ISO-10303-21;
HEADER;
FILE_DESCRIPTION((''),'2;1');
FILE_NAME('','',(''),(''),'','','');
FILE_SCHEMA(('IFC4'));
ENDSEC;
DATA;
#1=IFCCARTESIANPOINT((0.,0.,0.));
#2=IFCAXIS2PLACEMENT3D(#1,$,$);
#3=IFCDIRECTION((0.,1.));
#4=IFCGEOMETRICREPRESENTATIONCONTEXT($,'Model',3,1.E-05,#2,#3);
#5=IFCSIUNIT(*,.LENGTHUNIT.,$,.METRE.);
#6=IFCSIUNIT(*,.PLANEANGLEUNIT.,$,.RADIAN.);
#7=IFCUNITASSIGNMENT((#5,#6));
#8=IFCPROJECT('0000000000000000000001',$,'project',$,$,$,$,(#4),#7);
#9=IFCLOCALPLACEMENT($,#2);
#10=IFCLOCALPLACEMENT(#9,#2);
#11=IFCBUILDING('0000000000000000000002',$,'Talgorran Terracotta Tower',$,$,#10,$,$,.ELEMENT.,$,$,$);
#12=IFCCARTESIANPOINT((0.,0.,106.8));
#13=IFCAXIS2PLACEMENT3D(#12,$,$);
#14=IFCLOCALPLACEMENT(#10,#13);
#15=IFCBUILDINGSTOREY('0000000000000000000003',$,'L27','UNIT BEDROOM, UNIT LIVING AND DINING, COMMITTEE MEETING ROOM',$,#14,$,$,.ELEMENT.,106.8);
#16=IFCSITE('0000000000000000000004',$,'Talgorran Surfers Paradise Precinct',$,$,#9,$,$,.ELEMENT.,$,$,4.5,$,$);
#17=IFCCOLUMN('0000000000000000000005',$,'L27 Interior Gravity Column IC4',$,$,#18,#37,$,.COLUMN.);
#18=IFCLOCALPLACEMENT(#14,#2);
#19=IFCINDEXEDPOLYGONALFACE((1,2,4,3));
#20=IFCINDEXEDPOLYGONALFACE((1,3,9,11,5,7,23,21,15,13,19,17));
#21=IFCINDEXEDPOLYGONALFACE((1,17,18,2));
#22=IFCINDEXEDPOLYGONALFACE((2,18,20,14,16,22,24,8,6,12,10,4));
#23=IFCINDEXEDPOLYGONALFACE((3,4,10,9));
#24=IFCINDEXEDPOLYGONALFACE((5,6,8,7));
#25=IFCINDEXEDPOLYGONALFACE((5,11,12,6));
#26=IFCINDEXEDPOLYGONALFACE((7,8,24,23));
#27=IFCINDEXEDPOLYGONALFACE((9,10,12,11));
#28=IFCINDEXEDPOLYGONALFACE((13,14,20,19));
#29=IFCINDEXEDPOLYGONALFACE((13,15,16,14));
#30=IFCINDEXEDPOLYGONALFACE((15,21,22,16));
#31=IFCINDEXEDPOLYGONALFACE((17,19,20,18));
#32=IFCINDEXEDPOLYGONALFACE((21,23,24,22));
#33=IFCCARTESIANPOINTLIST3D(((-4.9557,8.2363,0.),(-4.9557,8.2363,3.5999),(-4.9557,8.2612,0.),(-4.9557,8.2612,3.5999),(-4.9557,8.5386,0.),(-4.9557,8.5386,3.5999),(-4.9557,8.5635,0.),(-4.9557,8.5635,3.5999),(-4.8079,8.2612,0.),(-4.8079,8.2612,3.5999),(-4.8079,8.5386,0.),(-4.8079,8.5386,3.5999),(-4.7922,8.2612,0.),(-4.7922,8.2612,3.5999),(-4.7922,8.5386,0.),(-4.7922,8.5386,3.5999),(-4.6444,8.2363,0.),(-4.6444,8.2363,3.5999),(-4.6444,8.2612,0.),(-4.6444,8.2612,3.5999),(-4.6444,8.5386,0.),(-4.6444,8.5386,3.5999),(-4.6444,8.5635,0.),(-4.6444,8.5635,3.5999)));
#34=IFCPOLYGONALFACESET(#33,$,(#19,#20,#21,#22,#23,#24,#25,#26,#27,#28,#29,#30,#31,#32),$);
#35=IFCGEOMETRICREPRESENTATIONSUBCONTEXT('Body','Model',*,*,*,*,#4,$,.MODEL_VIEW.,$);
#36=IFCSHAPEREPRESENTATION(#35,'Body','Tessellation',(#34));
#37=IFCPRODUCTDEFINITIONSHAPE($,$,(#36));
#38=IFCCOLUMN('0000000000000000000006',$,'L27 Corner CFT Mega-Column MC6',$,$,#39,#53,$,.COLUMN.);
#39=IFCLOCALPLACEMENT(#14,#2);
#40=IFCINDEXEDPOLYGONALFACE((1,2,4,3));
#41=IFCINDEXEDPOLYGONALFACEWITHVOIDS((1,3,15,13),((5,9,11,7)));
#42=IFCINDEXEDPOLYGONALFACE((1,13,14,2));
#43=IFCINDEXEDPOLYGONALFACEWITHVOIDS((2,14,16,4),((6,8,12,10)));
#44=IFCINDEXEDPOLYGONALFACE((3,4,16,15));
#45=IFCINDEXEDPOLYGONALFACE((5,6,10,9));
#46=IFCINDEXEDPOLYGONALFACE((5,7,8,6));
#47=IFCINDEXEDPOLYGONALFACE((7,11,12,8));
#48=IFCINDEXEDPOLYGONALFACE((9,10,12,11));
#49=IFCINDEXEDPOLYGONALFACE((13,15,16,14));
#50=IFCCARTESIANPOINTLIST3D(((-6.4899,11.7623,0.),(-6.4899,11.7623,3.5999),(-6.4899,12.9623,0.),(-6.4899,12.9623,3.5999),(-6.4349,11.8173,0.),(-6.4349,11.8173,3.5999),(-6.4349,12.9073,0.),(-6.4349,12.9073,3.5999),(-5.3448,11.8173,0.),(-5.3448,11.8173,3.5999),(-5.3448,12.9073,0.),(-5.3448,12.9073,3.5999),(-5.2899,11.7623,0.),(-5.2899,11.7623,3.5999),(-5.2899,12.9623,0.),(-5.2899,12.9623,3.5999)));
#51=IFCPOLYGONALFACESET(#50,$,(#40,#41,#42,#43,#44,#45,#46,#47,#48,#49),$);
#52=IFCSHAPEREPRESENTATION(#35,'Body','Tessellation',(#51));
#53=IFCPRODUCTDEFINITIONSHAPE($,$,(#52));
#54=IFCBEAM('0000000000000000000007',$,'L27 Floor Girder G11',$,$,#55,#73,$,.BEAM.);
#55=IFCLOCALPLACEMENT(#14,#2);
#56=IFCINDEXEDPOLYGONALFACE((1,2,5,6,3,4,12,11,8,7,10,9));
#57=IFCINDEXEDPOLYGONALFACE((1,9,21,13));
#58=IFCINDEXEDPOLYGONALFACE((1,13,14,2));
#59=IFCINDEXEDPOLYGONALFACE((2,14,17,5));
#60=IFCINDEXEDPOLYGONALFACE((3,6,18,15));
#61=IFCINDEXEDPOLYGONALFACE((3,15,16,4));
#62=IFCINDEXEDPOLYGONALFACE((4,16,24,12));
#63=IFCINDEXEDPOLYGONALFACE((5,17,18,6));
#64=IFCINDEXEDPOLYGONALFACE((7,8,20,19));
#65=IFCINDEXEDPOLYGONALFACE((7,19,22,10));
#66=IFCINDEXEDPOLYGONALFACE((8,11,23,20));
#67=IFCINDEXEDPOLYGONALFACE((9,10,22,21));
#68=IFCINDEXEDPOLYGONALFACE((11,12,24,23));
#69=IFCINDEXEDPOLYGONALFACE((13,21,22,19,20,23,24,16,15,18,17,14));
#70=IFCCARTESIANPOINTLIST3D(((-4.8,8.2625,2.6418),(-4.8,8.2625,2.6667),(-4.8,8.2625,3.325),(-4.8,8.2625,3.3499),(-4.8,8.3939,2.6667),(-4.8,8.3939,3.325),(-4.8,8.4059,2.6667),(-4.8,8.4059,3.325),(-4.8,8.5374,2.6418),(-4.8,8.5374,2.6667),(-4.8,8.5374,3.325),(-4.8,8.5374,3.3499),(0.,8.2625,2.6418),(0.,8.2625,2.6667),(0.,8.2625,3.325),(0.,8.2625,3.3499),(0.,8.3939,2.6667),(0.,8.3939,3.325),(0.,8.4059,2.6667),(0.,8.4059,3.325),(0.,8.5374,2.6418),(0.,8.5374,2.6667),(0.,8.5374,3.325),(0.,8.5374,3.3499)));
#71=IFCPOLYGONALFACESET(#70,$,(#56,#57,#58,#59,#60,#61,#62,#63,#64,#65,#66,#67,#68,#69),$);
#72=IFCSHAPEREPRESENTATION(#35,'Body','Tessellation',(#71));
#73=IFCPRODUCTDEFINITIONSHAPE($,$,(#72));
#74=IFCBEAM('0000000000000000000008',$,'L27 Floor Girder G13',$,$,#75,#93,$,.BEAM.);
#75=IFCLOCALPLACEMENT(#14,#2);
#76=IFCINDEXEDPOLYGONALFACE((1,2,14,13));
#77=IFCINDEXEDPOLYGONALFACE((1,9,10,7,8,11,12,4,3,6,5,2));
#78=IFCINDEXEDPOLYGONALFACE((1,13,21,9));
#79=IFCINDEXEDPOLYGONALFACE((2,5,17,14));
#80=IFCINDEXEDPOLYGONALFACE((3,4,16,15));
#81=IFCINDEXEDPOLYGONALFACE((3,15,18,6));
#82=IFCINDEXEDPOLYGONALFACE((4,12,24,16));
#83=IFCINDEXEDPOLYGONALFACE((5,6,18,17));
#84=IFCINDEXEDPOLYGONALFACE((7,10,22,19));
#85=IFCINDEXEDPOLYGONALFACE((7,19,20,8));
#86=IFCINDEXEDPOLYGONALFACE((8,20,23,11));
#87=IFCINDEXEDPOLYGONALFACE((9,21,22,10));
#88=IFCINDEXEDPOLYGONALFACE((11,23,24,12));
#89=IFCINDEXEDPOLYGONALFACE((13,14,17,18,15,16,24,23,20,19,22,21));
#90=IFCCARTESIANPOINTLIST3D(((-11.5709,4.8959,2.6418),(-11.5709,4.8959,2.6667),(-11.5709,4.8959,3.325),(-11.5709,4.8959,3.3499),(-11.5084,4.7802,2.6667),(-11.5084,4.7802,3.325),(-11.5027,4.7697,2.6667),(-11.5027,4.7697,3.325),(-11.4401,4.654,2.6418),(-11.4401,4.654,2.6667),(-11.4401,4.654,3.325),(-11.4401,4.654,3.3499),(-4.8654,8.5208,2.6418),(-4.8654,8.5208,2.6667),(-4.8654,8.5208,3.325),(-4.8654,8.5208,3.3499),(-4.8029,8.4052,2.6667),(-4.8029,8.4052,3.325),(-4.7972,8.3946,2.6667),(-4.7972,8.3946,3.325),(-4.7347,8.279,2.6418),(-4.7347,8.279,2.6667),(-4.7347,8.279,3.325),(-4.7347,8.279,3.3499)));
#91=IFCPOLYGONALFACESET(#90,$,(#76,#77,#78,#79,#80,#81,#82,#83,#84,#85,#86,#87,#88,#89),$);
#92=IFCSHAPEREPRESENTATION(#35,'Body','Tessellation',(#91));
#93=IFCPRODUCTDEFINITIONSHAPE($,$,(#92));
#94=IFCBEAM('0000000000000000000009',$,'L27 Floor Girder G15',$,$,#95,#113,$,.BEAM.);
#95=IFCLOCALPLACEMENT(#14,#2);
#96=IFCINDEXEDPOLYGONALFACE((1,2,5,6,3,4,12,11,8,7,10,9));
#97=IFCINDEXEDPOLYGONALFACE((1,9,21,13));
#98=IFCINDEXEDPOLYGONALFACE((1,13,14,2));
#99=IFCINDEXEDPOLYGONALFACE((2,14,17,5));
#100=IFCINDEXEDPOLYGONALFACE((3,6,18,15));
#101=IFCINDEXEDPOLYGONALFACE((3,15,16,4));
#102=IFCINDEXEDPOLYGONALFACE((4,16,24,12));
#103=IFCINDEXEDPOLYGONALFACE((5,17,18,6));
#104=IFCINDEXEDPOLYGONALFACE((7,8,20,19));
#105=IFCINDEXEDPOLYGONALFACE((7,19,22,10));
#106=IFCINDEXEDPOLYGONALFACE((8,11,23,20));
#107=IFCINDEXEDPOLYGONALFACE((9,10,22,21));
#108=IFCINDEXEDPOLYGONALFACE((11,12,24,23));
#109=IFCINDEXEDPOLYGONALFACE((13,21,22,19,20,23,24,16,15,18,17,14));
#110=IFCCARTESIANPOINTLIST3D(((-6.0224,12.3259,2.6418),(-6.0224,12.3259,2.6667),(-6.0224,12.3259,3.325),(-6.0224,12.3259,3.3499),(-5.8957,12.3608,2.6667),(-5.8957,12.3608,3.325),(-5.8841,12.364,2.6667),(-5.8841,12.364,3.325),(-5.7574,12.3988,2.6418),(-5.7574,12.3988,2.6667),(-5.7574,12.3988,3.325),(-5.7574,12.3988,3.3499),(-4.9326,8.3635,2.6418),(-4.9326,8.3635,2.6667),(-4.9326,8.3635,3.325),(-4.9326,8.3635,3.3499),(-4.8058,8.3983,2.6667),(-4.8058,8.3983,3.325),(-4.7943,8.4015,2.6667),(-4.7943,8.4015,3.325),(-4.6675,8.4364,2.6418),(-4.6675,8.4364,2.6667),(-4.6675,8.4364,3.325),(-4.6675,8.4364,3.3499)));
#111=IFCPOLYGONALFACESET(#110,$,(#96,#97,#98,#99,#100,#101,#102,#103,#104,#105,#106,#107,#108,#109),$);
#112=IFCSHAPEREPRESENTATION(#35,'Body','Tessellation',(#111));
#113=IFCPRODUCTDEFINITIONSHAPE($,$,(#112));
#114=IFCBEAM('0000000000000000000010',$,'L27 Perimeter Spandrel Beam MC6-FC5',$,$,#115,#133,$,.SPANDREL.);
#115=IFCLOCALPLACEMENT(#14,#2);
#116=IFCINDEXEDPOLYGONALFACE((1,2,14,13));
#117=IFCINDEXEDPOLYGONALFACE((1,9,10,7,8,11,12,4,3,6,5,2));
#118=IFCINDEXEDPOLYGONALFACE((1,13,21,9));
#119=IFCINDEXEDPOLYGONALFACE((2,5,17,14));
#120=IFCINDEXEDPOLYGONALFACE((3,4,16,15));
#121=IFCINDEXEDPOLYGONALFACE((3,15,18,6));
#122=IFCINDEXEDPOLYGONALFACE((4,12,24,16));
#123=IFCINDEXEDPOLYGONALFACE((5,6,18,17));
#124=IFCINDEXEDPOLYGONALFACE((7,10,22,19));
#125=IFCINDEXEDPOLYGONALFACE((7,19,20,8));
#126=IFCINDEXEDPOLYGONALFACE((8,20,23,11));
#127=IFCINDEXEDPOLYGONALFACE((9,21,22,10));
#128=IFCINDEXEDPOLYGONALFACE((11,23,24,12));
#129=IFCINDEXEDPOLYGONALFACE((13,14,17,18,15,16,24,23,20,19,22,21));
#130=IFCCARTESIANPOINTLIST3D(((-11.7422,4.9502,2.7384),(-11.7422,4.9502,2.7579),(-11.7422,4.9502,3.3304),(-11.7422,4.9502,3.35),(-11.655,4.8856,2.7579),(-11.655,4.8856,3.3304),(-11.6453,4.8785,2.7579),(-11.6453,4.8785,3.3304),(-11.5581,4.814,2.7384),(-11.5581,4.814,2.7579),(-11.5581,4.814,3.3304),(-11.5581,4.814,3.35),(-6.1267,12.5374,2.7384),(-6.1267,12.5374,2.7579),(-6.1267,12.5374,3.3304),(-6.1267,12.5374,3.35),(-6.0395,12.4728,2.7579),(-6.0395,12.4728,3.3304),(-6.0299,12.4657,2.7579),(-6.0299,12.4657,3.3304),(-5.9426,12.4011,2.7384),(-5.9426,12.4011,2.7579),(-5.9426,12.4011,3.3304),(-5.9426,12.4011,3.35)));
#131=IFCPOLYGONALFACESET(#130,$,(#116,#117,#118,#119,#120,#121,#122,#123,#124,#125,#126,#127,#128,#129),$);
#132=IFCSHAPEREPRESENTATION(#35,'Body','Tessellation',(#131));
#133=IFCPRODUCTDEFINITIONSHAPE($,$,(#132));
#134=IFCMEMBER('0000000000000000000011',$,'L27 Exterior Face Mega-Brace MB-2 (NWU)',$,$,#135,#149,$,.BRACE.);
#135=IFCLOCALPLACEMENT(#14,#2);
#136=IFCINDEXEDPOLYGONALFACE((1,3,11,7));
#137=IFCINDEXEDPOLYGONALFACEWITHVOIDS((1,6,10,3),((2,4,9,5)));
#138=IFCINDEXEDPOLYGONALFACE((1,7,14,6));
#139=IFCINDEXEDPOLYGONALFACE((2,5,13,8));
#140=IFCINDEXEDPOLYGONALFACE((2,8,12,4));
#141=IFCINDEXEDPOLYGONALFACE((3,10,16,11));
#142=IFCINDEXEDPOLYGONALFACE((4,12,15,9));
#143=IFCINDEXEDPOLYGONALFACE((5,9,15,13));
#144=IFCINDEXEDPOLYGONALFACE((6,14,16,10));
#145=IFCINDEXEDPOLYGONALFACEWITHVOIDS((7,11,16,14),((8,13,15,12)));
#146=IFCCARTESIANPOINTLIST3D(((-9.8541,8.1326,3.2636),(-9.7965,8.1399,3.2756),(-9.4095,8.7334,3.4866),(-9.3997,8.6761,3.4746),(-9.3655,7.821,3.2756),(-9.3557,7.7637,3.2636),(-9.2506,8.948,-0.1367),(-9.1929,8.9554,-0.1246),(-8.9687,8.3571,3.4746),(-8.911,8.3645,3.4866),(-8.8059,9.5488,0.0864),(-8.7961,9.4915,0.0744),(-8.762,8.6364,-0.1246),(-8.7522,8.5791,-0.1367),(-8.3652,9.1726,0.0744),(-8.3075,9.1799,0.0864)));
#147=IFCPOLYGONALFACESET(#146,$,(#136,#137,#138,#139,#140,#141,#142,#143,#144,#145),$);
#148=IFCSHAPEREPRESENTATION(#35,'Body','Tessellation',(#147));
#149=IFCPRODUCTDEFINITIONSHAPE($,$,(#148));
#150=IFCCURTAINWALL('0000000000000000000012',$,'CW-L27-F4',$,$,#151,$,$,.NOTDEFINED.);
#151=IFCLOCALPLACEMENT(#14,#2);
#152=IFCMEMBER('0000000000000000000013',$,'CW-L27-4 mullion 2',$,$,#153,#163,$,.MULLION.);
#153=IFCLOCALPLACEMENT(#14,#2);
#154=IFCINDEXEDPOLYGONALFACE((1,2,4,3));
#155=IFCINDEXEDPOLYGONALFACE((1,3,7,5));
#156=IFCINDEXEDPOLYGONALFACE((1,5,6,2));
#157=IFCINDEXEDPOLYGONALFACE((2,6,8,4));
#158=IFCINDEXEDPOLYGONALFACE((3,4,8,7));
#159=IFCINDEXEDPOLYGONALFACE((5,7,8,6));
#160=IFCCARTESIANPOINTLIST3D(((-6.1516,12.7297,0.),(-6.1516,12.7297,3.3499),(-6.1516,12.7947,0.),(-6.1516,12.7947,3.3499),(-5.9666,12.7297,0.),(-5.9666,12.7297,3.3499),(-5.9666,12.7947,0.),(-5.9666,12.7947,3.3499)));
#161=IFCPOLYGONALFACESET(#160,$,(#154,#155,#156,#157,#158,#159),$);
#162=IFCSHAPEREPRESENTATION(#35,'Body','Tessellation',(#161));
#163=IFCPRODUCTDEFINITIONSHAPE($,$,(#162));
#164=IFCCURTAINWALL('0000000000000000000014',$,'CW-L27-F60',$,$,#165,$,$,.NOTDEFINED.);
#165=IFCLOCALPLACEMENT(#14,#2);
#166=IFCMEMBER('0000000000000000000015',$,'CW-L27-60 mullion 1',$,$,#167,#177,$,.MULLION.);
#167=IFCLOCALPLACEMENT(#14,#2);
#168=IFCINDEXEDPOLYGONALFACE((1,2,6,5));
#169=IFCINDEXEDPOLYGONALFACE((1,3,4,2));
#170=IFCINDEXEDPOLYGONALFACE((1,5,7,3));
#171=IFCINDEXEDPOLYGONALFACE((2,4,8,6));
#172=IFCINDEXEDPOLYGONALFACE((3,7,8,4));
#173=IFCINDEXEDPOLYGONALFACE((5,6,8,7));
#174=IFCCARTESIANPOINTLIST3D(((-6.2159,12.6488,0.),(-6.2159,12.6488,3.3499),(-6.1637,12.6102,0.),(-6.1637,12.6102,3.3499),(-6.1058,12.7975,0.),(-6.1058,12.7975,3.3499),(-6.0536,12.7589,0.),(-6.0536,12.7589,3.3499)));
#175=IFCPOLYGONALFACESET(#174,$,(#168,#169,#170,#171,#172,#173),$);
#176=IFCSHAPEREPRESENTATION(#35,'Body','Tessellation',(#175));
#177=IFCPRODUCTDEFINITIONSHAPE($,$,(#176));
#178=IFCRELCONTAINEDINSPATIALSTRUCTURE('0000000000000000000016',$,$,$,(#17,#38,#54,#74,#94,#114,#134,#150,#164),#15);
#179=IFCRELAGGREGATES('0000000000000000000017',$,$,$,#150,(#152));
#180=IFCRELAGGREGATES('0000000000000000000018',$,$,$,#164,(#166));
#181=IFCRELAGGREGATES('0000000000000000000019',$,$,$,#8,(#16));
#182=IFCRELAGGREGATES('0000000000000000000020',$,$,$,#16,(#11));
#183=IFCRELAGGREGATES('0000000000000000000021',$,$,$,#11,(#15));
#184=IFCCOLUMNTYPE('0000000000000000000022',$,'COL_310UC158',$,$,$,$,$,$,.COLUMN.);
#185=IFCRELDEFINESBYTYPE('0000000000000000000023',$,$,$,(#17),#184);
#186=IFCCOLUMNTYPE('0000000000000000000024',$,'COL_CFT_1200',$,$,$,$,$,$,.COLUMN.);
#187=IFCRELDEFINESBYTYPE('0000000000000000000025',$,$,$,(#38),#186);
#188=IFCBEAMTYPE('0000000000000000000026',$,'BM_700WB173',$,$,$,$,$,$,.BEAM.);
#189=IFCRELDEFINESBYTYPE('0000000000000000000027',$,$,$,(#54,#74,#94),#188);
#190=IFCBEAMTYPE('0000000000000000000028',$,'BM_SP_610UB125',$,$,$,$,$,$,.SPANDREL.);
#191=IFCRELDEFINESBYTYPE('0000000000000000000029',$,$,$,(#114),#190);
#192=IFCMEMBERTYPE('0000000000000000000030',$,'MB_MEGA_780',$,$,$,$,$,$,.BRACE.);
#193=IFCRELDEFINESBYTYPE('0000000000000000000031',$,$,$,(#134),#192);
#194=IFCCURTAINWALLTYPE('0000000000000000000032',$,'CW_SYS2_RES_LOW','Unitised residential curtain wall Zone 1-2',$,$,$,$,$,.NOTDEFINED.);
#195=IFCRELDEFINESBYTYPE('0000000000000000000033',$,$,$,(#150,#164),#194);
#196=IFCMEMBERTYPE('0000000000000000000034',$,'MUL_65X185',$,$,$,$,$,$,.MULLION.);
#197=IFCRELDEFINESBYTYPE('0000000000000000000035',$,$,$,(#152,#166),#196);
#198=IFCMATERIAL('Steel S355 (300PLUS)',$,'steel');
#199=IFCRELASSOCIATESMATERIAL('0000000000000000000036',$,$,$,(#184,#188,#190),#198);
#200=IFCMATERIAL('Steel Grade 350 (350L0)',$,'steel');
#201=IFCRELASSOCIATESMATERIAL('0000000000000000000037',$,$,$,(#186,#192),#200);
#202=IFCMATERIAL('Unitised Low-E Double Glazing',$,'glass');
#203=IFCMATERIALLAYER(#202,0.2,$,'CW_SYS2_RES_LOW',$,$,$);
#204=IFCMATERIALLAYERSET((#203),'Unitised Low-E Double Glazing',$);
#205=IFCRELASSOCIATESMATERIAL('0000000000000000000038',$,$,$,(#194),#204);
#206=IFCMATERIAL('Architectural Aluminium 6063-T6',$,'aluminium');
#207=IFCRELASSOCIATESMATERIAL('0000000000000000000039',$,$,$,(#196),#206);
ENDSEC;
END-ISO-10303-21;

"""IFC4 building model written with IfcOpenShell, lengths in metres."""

from ifc_helpers import new_model, si_unit, direction, frame, origin, origin_2d, place, context, subcontext, project, spatial, rectangle, hollow_rectangle, i_section, extrude, material, layer, layer_set, material_profile, profile_set, type_object, element, aggregate, save


model = new_model("IFC4")

# Units and contexts
model_context = context("Model", 3, precision=1e-05, world=origin(), true_north=direction((0.0, 1.0)))
body_context = subcontext(model_context, "Body", "Model", "MODEL_VIEW")
ifc_project = project(units=[si_unit("LENGTHUNIT", "METRE"), si_unit("PLANEANGLEUNIT", "RADIAN")], contexts=[model_context])

# Site, building, storey
site_placement = place(None, origin())
site = spatial("IfcSite", under=ifc_project, at=site_placement, Name="Talgorran Surfers Paradise Precinct", CompositionType="ELEMENT", RefElevation=4.5)
building_placement = place(site_placement, origin())
building = spatial("IfcBuilding", under=site, at=building_placement, Name="Talgorran Terracotta Tower", CompositionType="ELEMENT")
storey_placement = place(building_placement, frame((0.0, 0.0, 106.8)))
storey = spatial("IfcBuildingStorey", under=building, at=storey_placement, Name="L27", Description="UNIT BEDROOM, UNIT LIVING AND DINING, COMMITTEE MEETING ROOM", CompositionType="ELEMENT", Elevation=106.8)

# Columns
ifc_material_1 = material(Name="Steel S355 (300PLUS)", Category="steel")
ifc_material_profile_1 = material_profile(ifc_material_1, i_section(OverallWidth=0.3113, OverallDepth=0.3271, WebThickness=0.0156, FlangeThickness=0.0249, at=origin_2d()), Name="310UC158")
ifc_profile_set_1 = profile_set([ifc_material_profile_1], Name="Steel S355 (300PLUS)")
column_type_1 = type_object("IfcColumnType", Name="COL_310UC158", PredefinedType="COLUMN", material=ifc_profile_set_1)
column_1_placement = place(storey_placement, frame((-4.8, 8.3999, 0.0), z_axis=(0.0, 0.0, 1.0), x_axis=(1.0, 0.0, 0.0)))
element("IfcColumn", 1, at=column_1_placement, inside=storey, type_object=column_type_1, Name="L27 Interior Gravity Column IC4", PredefinedType="COLUMN", context=body_context, shape_type="SweptSolid", body=[
    extrude(i_section(OverallWidth=0.3113, OverallDepth=0.3271, WebThickness=0.0156, FlangeThickness=0.0249, at=origin_2d()), origin(), (0.0, 0.0, 1.0), 3.5999),
])
ifc_material_2 = material(Name="Steel Grade 350 (350L0)", Category="steel")
ifc_material_profile_2 = material_profile(ifc_material_2, hollow_rectangle(XDim=1.2, YDim=1.2, WallThickness=0.0549, at=origin_2d()), Name="CFT1200X1200X55")
ifc_profile_set_2 = profile_set([ifc_material_profile_2], Name="Steel Grade 350 (350L0)")
column_type_2 = type_object("IfcColumnType", Name="COL_CFT_1200", PredefinedType="COLUMN", material=ifc_profile_set_2)
column_2_placement = place(storey_placement, frame((-5.8899, 12.3623, 0.0), z_axis=(0.0, 0.0, 1.0), x_axis=(1.0, 0.0, 0.0)))
element("IfcColumn", 2, at=column_2_placement, inside=storey, type_object=column_type_2, Name="L27 Corner CFT Mega-Column MC6", PredefinedType="COLUMN", context=body_context, shape_type="SweptSolid", body=[
    extrude(hollow_rectangle(XDim=1.2, YDim=1.2, WallThickness=0.0549, at=origin_2d()), origin(), (0.0, 0.0, 1.0), 3.5999),
])

# Beams
ifc_material_profile_3 = material_profile(ifc_material_1, i_section(OverallWidth=0.2749, OverallDepth=0.708, WebThickness=0.012, FlangeThickness=0.0249, at=origin_2d()), Name="700WB173")
ifc_profile_set_3 = profile_set([ifc_material_profile_3], Name="Steel S355 (300PLUS)")
beam_type_1 = type_object("IfcBeamType", Name="BM_700WB173", PredefinedType="BEAM", material=ifc_profile_set_3)
beam_1_placement = place(storey_placement, frame((-4.8, 8.3999, 2.9958), z_axis=(1.0, 0.0, 0.0), x_axis=(0.0, 1.0, 0.0)))
element("IfcBeam", 3, at=beam_1_placement, inside=storey, type_object=beam_type_1, Name="L27 Floor Girder G11", PredefinedType="BEAM", context=body_context, shape_type="SweptSolid", body=[
    extrude(i_section(OverallWidth=0.2749, OverallDepth=0.708, WebThickness=0.012, FlangeThickness=0.0249, at=origin_2d()), origin(), (0.0, 0.0, 1.0), 4.8),
])
beam_2_placement = place(storey_placement, frame((-4.8, 8.3999, 2.9958), z_axis=(-0.879686, -0.475555, 0.0), x_axis=(0.475555, -0.879686, 0.0)))
element("IfcBeam", 4, at=beam_2_placement, inside=storey, type_object=beam_type_1, Name="L27 Floor Girder G13", PredefinedType="BEAM", context=body_context, shape_type="SweptSolid", body=[
    extrude(i_section(OverallWidth=0.2749, OverallDepth=0.708, WebThickness=0.012, FlangeThickness=0.0249, at=origin_2d()), origin(), (0.0, 0.0, 1.0), 7.6226),
])
beam_3_placement = place(storey_placement, frame((-4.8, 8.3999, 2.9958), z_axis=(-0.265198, 0.964194, 0.0), x_axis=(-0.964194, -0.265198, 0.0)))
element("IfcBeam", 5, at=beam_3_placement, inside=storey, type_object=beam_type_1, Name="L27 Floor Girder G15", PredefinedType="BEAM", context=body_context, shape_type="SweptSolid", body=[
    extrude(i_section(OverallWidth=0.2749, OverallDepth=0.708, WebThickness=0.012, FlangeThickness=0.0249, at=origin_2d()), origin(), (0.0, 0.0, 1.0), 4.1096),
])
ifc_material_profile_4 = material_profile(ifc_material_1, i_section(OverallWidth=0.229, OverallDepth=0.6116, WebThickness=0.012, FlangeThickness=0.0195, at=origin_2d()), Name="610UB125")
ifc_profile_set_4 = profile_set([ifc_material_profile_4], Name="Steel S355 (300PLUS)")
beam_type_2 = type_object("IfcBeamType", Name="BM_SP_610UB125", PredefinedType="SPANDREL", material=ifc_profile_set_4)
beam_4_placement = place(storey_placement, frame((-6.0347, 12.4692, 3.0442), z_axis=(-0.59491, -0.803792, 0.0), x_axis=(0.803792, -0.59491, 0.0)))
element("IfcBeam", 6, at=beam_4_placement, inside=storey, type_object=beam_type_2, Name="L27 Perimeter Spandrel Beam MC6-FC5", PredefinedType="SPANDREL", context=body_context, shape_type="SweptSolid", body=[
    extrude(i_section(OverallWidth=0.229, OverallDepth=0.6116, WebThickness=0.012, FlangeThickness=0.0195, at=origin_2d()), origin(), (0.0, 0.0, 1.0), 9.4392),
])

# Member
ifc_material_profile_5 = material_profile(ifc_material_2, hollow_rectangle(XDim=0.6201, YDim=0.78, WallThickness=0.042, at=origin_2d()), Name="WBOX780X620X42")
ifc_profile_set_5 = profile_set([ifc_material_profile_5], Name="Steel Grade 350 (350L0)")
member_type_1 = type_object("IfcMemberType", Name="MB_MEGA_780", PredefinedType="BRACE", material=ifc_profile_set_5)
member_1_placement = place(storey_placement, frame((-8.7791, 9.064, -0.0251), z_axis=(-0.170088, -0.229811, 0.958257), x_axis=(0.803796, -0.594905, 0.0)))
element("IfcMember", 7, at=member_1_placement, inside=storey, type_object=member_type_1, Name="L27 Exterior Face Mega-Brace MB-2 (NWU)", PredefinedType="BRACE", context=body_context, shape_type="SweptSolid", body=[
    extrude(hollow_rectangle(XDim=0.6201, YDim=0.78, WallThickness=0.042, at=origin_2d()), origin(), (0.0, 0.0, 1.0), 3.5483),
])

# Curtain wall, member
ifc_material_3 = material(Name="Unitised Low-E Double Glazing", Category="glass")
ifc_layer_1 = layer(ifc_material_3, 0.2, Name="CW_SYS2_RES_LOW")
ifc_layer_set_1 = layer_set([ifc_layer_1], Name="Unitised Low-E Double Glazing")
curtain_wall_type = type_object("IfcCurtainWallType", Name="CW_SYS2_RES_LOW", Description="Unitised residential curtain wall Zone 1-2", PredefinedType="NOTDEFINED", material=ifc_layer_set_1)
curtain_wall_1_placement = place(storey_placement, origin())
curtain_wall_1 = element("IfcCurtainWall", 8, at=curtain_wall_1_placement, inside=storey, type_object=curtain_wall_type, Name="CW-L27-F4", PredefinedType="NOTDEFINED")
ifc_material_4 = material(Name="Architectural Aluminium 6063-T6", Category="aluminium")
ifc_material_profile_6 = material_profile(ifc_material_4, rectangle(XDim=0.0649, YDim=0.1851, at=origin_2d()), Name="CWM65X185")
ifc_profile_set_6 = profile_set([ifc_material_profile_6], Name="Architectural Aluminium 6063-T6")
member_type_2 = type_object("IfcMemberType", Name="MUL_65X185", PredefinedType="MULLION", material=ifc_profile_set_6)
member_2_placement = place(storey_placement, frame((-6.0591, 12.7622, 0.0), z_axis=(0.0, 0.0, 1.0), x_axis=(0.0, -1.0, 0.0)))
member_2 = element("IfcMember", 9, at=member_2_placement, type_object=member_type_2, Name="CW-L27-4 mullion 2", PredefinedType="MULLION", context=body_context, shape_type="SweptSolid", body=[
    extrude(rectangle(XDim=0.0649, YDim=0.1851, at=origin_2d()), origin(), (0.0, 0.0, 1.0), 3.3499),
])
aggregate(curtain_wall_1, [member_2])

# Curtain wall, member
curtain_wall_2_placement = place(storey_placement, origin())
curtain_wall_2 = element("IfcCurtainWall", 10, at=curtain_wall_2_placement, inside=storey, type_object=curtain_wall_type, Name="CW-L27-F60", PredefinedType="NOTDEFINED")
member_3_placement = place(storey_placement, frame((-6.1348, 12.7039, 0.0), z_axis=(0.0, 0.0, 1.0), x_axis=(0.80379, -0.594914, 0.0)))
member_3 = element("IfcMember", 11, at=member_3_placement, type_object=member_type_2, Name="CW-L27-60 mullion 1", PredefinedType="MULLION", context=body_context, shape_type="SweptSolid", body=[
    extrude(rectangle(XDim=0.0649, YDim=0.1851, at=origin_2d()), origin(), (0.0, 0.0, 1.0), 3.3499),
])

aggregate(curtain_wall_2, [member_3])

save(model, "model.ifc")
